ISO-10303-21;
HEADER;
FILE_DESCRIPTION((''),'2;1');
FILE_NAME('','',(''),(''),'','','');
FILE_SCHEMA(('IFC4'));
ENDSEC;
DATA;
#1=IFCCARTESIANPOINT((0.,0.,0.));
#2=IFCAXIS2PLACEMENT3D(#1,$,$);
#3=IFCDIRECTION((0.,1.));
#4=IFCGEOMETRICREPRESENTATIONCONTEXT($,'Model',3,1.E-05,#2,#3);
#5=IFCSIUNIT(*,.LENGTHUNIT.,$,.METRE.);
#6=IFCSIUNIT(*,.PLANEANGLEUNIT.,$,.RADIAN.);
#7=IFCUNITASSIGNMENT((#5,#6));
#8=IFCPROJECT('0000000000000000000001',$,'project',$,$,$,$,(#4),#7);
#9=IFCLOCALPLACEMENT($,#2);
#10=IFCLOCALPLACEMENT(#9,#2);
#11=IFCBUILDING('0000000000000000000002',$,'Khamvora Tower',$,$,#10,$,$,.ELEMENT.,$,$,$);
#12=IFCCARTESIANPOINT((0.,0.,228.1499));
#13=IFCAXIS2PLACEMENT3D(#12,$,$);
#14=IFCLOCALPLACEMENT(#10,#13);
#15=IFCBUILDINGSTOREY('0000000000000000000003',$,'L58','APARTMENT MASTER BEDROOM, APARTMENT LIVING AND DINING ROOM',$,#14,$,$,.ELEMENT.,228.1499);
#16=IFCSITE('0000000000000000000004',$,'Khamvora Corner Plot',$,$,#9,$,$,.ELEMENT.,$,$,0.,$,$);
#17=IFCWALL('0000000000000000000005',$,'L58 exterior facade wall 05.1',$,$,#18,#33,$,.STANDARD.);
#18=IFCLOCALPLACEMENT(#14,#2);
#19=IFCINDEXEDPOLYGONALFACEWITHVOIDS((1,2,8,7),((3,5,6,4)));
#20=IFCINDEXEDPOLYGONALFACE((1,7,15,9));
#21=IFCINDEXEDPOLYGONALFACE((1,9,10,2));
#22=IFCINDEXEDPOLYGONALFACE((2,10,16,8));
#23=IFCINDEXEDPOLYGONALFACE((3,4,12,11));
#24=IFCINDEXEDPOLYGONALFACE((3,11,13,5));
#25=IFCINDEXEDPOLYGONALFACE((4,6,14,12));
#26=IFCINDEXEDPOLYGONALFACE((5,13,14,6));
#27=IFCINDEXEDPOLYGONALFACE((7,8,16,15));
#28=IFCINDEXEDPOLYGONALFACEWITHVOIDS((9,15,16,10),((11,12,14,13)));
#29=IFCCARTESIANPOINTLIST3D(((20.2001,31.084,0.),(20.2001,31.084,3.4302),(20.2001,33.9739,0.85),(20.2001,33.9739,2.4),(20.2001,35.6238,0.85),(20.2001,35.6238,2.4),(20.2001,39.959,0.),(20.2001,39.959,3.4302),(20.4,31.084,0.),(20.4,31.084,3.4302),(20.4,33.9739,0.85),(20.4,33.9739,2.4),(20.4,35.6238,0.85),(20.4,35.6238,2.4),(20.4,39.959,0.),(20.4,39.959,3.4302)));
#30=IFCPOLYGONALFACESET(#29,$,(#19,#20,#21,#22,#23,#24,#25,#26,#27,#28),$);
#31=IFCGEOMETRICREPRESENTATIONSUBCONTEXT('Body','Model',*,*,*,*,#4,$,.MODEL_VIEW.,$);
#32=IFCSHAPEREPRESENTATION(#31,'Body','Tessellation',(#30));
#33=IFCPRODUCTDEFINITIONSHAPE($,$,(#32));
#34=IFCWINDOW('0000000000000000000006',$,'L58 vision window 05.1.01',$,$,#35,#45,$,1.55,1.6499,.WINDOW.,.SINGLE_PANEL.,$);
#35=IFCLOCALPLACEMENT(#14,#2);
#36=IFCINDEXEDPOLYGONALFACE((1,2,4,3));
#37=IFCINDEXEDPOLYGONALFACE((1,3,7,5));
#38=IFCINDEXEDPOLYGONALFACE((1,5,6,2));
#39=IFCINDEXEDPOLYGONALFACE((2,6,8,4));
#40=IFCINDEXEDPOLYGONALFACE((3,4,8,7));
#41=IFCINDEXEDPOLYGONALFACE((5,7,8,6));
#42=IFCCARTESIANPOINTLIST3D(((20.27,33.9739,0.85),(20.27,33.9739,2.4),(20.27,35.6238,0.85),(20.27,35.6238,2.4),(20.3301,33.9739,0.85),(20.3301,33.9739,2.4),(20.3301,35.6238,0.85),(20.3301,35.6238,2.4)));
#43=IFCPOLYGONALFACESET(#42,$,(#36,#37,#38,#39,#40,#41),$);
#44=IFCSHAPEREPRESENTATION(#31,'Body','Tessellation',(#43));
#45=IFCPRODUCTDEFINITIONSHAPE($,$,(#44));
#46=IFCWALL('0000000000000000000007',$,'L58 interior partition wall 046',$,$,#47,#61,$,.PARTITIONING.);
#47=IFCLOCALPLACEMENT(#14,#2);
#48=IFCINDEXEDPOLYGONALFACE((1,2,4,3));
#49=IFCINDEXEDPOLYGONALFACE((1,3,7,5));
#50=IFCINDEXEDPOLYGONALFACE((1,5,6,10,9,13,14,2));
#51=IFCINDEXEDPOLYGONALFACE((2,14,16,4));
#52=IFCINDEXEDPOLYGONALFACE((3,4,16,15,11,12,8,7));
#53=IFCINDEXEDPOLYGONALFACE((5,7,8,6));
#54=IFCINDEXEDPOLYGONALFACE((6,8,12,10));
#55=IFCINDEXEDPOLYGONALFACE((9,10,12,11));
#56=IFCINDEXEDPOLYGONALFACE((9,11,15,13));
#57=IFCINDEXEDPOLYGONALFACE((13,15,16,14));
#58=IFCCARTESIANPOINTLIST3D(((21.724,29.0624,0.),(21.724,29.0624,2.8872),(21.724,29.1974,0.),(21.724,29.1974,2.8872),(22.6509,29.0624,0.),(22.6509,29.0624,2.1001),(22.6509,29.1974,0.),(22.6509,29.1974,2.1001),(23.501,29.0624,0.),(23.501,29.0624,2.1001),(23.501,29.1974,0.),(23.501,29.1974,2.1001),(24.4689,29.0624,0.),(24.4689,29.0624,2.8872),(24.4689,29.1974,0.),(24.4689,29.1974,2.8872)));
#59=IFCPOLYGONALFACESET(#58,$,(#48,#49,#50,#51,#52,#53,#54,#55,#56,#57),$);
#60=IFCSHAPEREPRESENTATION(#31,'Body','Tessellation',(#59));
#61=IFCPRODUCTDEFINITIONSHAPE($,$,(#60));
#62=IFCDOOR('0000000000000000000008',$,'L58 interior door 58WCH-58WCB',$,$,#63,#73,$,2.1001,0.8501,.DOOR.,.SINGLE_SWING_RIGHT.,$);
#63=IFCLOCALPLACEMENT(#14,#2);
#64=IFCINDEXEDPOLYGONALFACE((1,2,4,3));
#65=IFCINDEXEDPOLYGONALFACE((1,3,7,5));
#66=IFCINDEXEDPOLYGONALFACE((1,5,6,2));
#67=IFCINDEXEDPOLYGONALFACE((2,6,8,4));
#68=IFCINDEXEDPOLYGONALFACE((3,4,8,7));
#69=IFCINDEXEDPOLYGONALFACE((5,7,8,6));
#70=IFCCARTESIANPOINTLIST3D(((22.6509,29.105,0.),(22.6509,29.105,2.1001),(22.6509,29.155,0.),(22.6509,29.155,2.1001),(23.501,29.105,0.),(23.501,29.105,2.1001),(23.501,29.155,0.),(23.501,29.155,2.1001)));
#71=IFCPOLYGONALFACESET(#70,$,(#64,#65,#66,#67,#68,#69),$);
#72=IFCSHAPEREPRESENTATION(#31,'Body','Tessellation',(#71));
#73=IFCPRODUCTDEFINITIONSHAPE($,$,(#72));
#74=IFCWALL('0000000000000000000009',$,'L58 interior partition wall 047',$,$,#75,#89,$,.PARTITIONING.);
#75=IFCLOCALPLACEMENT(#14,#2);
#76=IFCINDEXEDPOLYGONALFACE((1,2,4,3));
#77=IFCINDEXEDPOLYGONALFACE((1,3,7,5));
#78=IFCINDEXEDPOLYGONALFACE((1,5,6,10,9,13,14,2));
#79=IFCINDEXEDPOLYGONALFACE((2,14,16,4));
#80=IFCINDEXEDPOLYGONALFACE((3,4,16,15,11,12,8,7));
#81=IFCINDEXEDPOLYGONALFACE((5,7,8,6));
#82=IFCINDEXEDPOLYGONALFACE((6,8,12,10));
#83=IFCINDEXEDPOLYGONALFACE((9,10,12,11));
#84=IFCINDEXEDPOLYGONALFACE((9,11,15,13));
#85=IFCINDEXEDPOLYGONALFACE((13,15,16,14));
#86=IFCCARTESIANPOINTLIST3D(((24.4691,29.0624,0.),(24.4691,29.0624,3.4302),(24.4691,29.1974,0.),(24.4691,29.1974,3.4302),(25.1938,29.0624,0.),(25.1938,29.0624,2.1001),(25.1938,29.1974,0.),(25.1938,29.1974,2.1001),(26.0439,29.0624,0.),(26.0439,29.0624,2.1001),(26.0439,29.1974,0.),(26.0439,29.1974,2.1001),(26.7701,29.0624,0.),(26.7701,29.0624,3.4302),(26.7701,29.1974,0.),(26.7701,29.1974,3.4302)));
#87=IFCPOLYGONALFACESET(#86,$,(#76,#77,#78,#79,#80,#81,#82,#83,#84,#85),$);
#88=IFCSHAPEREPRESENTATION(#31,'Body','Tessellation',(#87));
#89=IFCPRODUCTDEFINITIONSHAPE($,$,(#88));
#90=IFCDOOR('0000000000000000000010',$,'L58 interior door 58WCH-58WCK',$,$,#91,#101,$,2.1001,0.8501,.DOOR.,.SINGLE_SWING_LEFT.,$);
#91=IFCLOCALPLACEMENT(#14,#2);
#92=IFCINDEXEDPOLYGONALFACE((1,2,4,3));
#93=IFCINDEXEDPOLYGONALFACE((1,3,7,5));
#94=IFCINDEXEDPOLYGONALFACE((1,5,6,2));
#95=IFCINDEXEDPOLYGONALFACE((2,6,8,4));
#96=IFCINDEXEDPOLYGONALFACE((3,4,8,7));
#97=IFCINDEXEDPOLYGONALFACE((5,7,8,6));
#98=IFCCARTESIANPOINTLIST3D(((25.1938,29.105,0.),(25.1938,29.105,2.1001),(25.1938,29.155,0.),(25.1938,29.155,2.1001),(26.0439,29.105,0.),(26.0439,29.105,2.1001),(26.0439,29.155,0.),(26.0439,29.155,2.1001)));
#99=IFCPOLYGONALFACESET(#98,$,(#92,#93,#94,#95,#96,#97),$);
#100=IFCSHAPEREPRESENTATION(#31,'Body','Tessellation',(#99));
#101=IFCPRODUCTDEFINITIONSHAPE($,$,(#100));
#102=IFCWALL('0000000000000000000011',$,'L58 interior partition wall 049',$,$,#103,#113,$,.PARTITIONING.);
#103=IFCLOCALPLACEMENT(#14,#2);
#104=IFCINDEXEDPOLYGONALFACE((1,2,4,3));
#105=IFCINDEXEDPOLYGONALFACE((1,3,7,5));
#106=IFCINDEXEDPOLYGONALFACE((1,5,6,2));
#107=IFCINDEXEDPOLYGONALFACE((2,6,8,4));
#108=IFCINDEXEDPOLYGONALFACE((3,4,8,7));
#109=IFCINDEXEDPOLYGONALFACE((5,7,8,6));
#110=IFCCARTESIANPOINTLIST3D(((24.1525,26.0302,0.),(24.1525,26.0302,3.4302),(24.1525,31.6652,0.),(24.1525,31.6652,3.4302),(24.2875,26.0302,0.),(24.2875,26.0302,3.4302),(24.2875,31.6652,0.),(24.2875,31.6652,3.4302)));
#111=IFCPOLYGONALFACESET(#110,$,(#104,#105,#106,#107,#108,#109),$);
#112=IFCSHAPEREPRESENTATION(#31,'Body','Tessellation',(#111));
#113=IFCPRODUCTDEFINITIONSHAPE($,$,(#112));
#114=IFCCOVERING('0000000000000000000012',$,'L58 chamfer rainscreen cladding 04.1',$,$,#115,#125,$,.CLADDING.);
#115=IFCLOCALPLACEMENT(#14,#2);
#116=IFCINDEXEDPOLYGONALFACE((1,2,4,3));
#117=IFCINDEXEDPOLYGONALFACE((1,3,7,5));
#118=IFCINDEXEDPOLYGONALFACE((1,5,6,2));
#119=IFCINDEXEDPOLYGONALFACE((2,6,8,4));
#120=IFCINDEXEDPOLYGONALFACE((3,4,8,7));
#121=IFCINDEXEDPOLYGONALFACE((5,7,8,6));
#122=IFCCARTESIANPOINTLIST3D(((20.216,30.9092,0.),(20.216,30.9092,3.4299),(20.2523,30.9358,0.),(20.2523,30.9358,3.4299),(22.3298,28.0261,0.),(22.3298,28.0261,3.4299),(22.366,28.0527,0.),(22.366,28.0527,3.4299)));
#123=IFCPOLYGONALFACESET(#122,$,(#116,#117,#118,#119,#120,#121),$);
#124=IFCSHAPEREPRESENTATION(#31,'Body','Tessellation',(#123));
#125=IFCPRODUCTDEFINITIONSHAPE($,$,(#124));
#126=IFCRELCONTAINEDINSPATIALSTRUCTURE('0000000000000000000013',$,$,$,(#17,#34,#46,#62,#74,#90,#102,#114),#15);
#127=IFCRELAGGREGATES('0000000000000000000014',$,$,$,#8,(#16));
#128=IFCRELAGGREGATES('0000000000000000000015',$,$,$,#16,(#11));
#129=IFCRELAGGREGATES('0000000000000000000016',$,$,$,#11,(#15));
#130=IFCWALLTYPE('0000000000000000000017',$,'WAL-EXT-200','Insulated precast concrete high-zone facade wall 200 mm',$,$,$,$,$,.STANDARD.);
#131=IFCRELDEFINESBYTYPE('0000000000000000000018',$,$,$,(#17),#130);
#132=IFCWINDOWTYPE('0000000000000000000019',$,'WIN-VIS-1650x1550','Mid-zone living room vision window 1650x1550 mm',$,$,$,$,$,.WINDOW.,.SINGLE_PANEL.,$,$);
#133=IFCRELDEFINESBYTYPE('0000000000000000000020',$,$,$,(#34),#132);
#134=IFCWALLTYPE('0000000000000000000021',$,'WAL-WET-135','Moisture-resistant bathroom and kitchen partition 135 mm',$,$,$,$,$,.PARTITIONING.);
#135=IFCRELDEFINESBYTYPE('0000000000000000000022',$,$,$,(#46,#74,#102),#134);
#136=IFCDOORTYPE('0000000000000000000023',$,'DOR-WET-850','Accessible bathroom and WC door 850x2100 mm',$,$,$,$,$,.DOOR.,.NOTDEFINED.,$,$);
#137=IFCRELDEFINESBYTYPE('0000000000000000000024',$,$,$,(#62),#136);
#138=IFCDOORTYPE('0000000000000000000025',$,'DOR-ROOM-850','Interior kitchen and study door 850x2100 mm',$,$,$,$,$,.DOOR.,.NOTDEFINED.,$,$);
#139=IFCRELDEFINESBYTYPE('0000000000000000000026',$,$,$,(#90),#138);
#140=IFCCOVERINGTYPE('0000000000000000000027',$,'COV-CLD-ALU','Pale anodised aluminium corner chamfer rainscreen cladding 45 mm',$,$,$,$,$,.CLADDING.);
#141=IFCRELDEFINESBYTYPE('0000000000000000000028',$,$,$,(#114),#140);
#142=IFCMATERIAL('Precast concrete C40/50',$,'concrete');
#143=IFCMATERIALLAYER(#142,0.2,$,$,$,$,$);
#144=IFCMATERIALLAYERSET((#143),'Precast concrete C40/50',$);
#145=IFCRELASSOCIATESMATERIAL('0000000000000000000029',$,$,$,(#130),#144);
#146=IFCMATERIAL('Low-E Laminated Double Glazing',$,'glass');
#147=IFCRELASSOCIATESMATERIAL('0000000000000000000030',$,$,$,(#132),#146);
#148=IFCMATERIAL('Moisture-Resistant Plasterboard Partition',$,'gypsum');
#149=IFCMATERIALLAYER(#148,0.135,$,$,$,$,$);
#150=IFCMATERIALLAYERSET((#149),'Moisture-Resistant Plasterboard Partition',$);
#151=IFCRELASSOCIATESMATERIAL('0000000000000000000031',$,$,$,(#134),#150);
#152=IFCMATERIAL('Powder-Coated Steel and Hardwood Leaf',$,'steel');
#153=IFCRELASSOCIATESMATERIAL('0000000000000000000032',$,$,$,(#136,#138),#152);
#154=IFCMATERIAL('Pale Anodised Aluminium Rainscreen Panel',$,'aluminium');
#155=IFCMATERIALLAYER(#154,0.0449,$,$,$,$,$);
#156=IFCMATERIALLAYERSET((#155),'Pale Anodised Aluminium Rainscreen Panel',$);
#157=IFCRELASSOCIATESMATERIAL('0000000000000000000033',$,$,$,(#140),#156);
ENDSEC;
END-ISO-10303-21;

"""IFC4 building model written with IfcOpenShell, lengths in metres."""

from ifc_helpers import new_model, si_unit, direction, frame, frame_2d, origin, origin_2d, place, context, subcontext, project, spatial, rectangle, extrude, material, layer, layer_set, type_object, element, fill, save


model = new_model("IFC4")

# Units and contexts
model_context = context("Model", 3, precision=1e-05, world=origin(), true_north=direction((0.0, 1.0)))
body_context = subcontext(model_context, "Body", "Model", "MODEL_VIEW")
ifc_project = project(units=[si_unit("LENGTHUNIT", "METRE"), si_unit("PLANEANGLEUNIT", "RADIAN")], contexts=[model_context])

# Site, building, storey
site_placement = place(None, origin())
site = spatial("IfcSite", under=ifc_project, at=site_placement, Name="Khamvora Corner Plot", CompositionType="ELEMENT", RefElevation=0.0)
building_placement = place(site_placement, origin())
building = spatial("IfcBuilding", under=site, at=building_placement, Name="Khamvora Tower", CompositionType="ELEMENT")
storey_placement = place(building_placement, frame((0.0, 0.0, 228.1499)))
storey = spatial("IfcBuildingStorey", under=building, at=storey_placement, Name="L58", Description="APARTMENT MASTER BEDROOM, APARTMENT LIVING AND DINING ROOM", CompositionType="ELEMENT", Elevation=228.1499)

# Shared definitions
ifc_material_1 = material(Name="Powder-Coated Steel and Hardwood Leaf", Category="steel")

# Shared definitions
ifc_material_2 = material(Name="Precast concrete C40/50", Category="concrete")
ifc_layer_1 = layer(ifc_material_2, 0.2)
ifc_layer_set_1 = layer_set([ifc_layer_1], Name="Precast concrete C40/50")
wall_type_1 = type_object("IfcWallType", Name="WAL-EXT-200", Description="Insulated precast concrete high-zone facade wall 200 mm", PredefinedType="STANDARD", material=ifc_layer_set_1)

# Wall, opening, window
wall_1_placement = place(storey_placement, frame((20.3, 31.084, 0.0), z_axis=(0.0, 0.0, 1.0), x_axis=(0.0, 1.0, 0.0)))
wall_1 = element("IfcWall", 1, at=wall_1_placement, inside=storey, type_object=wall_type_1, Name="L58 exterior facade wall 05.1", PredefinedType="STANDARD", context=body_context, shape_type="SweptSolid", body=[
    extrude(rectangle(XDim=8.875, YDim=0.2, at=frame_2d((4.4375, 0.0))), origin(), (0.0, 0.0, 1.0), 3.4302),
])
opening_1_placement = place(wall_1_placement, frame((2.8899, 0.0, 0.8501)))
opening_1 = element("IfcOpeningElement", 2, at=opening_1_placement, cuts=wall_1, PredefinedType="OPENING", context=body_context, shape_type="SweptSolid", body=[
    extrude(rectangle(XDim=1.6499, YDim=1.55, at=frame_2d((0.825, 0.7749))), frame((0.0, 0.1099, 0.0), z_axis=(0.0, -1.0, 0.0), x_axis=(1.0, 0.0, 0.0)), (0.0, 0.0, 1.0), 0.22),
])
ifc_material_3 = material(Name="Low-E Laminated Double Glazing", Category="glass")
window_type = type_object("IfcWindowType", Name="WIN-VIS-1650x1550", Description="Mid-zone living room vision window 1650x1550 mm", PartitioningType="SINGLE_PANEL", PredefinedType="WINDOW", material=ifc_material_3)
window_placement = place(opening_1_placement, origin())
window = element("IfcWindow", 3, at=window_placement, inside=storey, type_object=window_type, Name="L58 vision window 05.1.01", OverallHeight=1.55, OverallWidth=1.6499, PartitioningType="SINGLE_PANEL", PredefinedType="WINDOW", context=body_context, shape_type="SweptSolid", body=[
    extrude(rectangle(XDim=1.6499, YDim=1.55, at=frame_2d((0.825, 0.7749))), frame((0.0, 0.03, 0.0), z_axis=(0.0, -1.0, 0.0), x_axis=(1.0, 0.0, 0.0)), (0.0, 0.0, 1.0), 0.0601),
])
fill(opening_1, window)

# Walls, openings, doors
ifc_material_4 = material(Name="Moisture-Resistant Plasterboard Partition", Category="gypsum")
ifc_layer_2 = layer(ifc_material_4, 0.135)
ifc_layer_set_2 = layer_set([ifc_layer_2], Name="Moisture-Resistant Plasterboard Partition")
wall_type_2 = type_object("IfcWallType", Name="WAL-WET-135", Description="Moisture-resistant bathroom and kitchen partition 135 mm", PredefinedType="PARTITIONING", material=ifc_layer_set_2)
wall_2_placement = place(storey_placement, frame((24.469, 29.1299, 0.0), z_axis=(0.0, 0.0, 1.0), x_axis=(-1.0, 0.0, 0.0)))
wall_2 = element("IfcWall", 4, at=wall_2_placement, inside=storey, type_object=wall_type_2, Name="L58 interior partition wall 046", PredefinedType="PARTITIONING", context=body_context, shape_type="SweptSolid", body=[
    extrude(rectangle(XDim=2.7449, YDim=0.135, at=frame_2d((1.3726, 0.0))), origin(), (0.0, 0.0, 1.0), 2.8872),
])
opening_2_placement = place(wall_2_placement, frame((0.968, 0.0, 0.0)))
opening_2 = element("IfcOpeningElement", 5, at=opening_2_placement, cuts=wall_2, PredefinedType="OPENING", context=body_context, shape_type="SweptSolid", body=[
    extrude(rectangle(XDim=0.8501, YDim=2.1001, at=frame_2d((0.425, 1.05))), frame((0.0, 0.0774, 0.0), z_axis=(0.0, -1.0, 0.0), x_axis=(1.0, 0.0, 0.0)), (0.0, 0.0, 1.0), 0.155),
])
door_type_1 = type_object("IfcDoorType", Name="DOR-WET-850", Description="Accessible bathroom and WC door 850x2100 mm", OperationType="NOTDEFINED", PredefinedType="DOOR", material=ifc_material_1)
door_1_placement = place(opening_2_placement, origin())
door_1 = element("IfcDoor", 6, at=door_1_placement, inside=storey, type_object=door_type_1, Name="L58 interior door 58WCH-58WCB", OperationType="SINGLE_SWING_RIGHT", OverallHeight=2.1001, OverallWidth=0.8501, PredefinedType="DOOR", context=body_context, shape_type="SweptSolid", body=[
    extrude(rectangle(XDim=0.8501, YDim=2.1001, at=frame_2d((0.425, 1.05))), frame((0.0, 0.0249, 0.0), z_axis=(0.0, -1.0, 0.0), x_axis=(1.0, 0.0, 0.0)), (0.0, 0.0, 1.0), 0.05),
])
fill(opening_2, door_1)
wall_3_placement = place(storey_placement, frame((26.77, 29.1299, 0.0), z_axis=(0.0, 0.0, 1.0), x_axis=(-1.0, 0.0, 0.0)))
wall_3 = element("IfcWall", 7, at=wall_3_placement, inside=storey, type_object=wall_type_2, Name="L58 interior partition wall 047", PredefinedType="PARTITIONING", context=body_context, shape_type="SweptSolid", body=[
    extrude(rectangle(XDim=2.301, YDim=0.135, at=frame_2d((1.1504, 0.0))), origin(), (0.0, 0.0, 1.0), 3.4302),
])
opening_3_placement = place(wall_3_placement, frame((0.7261, 0.0, 0.0)))
opening_3 = element("IfcOpeningElement", 8, at=opening_3_placement, cuts=wall_3, PredefinedType="OPENING", context=body_context, shape_type="SweptSolid", body=[
    extrude(rectangle(XDim=0.8501, YDim=2.1001, at=frame_2d((0.425, 1.05))), frame((0.0, 0.0774, 0.0), z_axis=(0.0, -1.0, 0.0), x_axis=(1.0, 0.0, 0.0)), (0.0, 0.0, 1.0), 0.155),
])
door_type_2 = type_object("IfcDoorType", Name="DOR-ROOM-850", Description="Interior kitchen and study door 850x2100 mm", OperationType="NOTDEFINED", PredefinedType="DOOR", material=ifc_material_1)
door_2_placement = place(opening_3_placement, origin())
door_2 = element("IfcDoor", 9, at=door_2_placement, inside=storey, type_object=door_type_2, Name="L58 interior door 58WCH-58WCK", OperationType="SINGLE_SWING_LEFT", OverallHeight=2.1001, OverallWidth=0.8501, PredefinedType="DOOR", context=body_context, shape_type="SweptSolid", body=[
    extrude(rectangle(XDim=0.8501, YDim=2.1001, at=frame_2d((0.425, 1.05))), frame((0.0, 0.0249, 0.0), z_axis=(0.0, -1.0, 0.0), x_axis=(1.0, 0.0, 0.0)), (0.0, 0.0, 1.0), 0.05),
])
fill(opening_3, door_2)

# Wall
wall_4_placement = place(storey_placement, frame((24.22, 31.665, 0.0), z_axis=(0.0, 0.0, 1.0), x_axis=(0.0, -1.0, 0.0)))
element("IfcWall", 10, at=wall_4_placement, inside=storey, type_object=wall_type_2, Name="L58 interior partition wall 049", PredefinedType="PARTITIONING", context=body_context, shape_type="SweptSolid", body=[
    extrude(rectangle(XDim=5.635, YDim=0.135, at=frame_2d((2.8174, 0.0))), origin(), (0.0, 0.0, 1.0), 3.4302),
])

# Covering
ifc_material_5 = material(Name="Pale Anodised Aluminium Rainscreen Panel", Category="aluminium")
ifc_layer_3 = layer(ifc_material_5, 0.0449)
ifc_layer_set_3 = layer_set([ifc_layer_3], Name="Pale Anodised Aluminium Rainscreen Panel")
covering_type = type_object("IfcCoveringType", Name="COV-CLD-ALU", Description="Pale anodised aluminium corner chamfer rainscreen cladding 45 mm", PredefinedType="CLADDING", material=ifc_layer_set_3)
covering_placement = place(storey_placement, frame((21.291, 29.481, 0.0), z_axis=(0.0, 0.0, 1.0), x_axis=(-0.591257, 0.806483, 0.0)))
element("IfcCovering", 11, at=covering_placement, inside=storey, type_object=covering_type, Name="L58 chamfer rainscreen cladding 04.1", PredefinedType="CLADDING", context=body_context, shape_type="SweptSolid", body=[
    extrude(rectangle(XDim=3.575, YDim=0.0449, at=origin_2d()), origin(), (0.0, 0.0, 1.0), 3.4299),
])

save(model, "model.ifc")
